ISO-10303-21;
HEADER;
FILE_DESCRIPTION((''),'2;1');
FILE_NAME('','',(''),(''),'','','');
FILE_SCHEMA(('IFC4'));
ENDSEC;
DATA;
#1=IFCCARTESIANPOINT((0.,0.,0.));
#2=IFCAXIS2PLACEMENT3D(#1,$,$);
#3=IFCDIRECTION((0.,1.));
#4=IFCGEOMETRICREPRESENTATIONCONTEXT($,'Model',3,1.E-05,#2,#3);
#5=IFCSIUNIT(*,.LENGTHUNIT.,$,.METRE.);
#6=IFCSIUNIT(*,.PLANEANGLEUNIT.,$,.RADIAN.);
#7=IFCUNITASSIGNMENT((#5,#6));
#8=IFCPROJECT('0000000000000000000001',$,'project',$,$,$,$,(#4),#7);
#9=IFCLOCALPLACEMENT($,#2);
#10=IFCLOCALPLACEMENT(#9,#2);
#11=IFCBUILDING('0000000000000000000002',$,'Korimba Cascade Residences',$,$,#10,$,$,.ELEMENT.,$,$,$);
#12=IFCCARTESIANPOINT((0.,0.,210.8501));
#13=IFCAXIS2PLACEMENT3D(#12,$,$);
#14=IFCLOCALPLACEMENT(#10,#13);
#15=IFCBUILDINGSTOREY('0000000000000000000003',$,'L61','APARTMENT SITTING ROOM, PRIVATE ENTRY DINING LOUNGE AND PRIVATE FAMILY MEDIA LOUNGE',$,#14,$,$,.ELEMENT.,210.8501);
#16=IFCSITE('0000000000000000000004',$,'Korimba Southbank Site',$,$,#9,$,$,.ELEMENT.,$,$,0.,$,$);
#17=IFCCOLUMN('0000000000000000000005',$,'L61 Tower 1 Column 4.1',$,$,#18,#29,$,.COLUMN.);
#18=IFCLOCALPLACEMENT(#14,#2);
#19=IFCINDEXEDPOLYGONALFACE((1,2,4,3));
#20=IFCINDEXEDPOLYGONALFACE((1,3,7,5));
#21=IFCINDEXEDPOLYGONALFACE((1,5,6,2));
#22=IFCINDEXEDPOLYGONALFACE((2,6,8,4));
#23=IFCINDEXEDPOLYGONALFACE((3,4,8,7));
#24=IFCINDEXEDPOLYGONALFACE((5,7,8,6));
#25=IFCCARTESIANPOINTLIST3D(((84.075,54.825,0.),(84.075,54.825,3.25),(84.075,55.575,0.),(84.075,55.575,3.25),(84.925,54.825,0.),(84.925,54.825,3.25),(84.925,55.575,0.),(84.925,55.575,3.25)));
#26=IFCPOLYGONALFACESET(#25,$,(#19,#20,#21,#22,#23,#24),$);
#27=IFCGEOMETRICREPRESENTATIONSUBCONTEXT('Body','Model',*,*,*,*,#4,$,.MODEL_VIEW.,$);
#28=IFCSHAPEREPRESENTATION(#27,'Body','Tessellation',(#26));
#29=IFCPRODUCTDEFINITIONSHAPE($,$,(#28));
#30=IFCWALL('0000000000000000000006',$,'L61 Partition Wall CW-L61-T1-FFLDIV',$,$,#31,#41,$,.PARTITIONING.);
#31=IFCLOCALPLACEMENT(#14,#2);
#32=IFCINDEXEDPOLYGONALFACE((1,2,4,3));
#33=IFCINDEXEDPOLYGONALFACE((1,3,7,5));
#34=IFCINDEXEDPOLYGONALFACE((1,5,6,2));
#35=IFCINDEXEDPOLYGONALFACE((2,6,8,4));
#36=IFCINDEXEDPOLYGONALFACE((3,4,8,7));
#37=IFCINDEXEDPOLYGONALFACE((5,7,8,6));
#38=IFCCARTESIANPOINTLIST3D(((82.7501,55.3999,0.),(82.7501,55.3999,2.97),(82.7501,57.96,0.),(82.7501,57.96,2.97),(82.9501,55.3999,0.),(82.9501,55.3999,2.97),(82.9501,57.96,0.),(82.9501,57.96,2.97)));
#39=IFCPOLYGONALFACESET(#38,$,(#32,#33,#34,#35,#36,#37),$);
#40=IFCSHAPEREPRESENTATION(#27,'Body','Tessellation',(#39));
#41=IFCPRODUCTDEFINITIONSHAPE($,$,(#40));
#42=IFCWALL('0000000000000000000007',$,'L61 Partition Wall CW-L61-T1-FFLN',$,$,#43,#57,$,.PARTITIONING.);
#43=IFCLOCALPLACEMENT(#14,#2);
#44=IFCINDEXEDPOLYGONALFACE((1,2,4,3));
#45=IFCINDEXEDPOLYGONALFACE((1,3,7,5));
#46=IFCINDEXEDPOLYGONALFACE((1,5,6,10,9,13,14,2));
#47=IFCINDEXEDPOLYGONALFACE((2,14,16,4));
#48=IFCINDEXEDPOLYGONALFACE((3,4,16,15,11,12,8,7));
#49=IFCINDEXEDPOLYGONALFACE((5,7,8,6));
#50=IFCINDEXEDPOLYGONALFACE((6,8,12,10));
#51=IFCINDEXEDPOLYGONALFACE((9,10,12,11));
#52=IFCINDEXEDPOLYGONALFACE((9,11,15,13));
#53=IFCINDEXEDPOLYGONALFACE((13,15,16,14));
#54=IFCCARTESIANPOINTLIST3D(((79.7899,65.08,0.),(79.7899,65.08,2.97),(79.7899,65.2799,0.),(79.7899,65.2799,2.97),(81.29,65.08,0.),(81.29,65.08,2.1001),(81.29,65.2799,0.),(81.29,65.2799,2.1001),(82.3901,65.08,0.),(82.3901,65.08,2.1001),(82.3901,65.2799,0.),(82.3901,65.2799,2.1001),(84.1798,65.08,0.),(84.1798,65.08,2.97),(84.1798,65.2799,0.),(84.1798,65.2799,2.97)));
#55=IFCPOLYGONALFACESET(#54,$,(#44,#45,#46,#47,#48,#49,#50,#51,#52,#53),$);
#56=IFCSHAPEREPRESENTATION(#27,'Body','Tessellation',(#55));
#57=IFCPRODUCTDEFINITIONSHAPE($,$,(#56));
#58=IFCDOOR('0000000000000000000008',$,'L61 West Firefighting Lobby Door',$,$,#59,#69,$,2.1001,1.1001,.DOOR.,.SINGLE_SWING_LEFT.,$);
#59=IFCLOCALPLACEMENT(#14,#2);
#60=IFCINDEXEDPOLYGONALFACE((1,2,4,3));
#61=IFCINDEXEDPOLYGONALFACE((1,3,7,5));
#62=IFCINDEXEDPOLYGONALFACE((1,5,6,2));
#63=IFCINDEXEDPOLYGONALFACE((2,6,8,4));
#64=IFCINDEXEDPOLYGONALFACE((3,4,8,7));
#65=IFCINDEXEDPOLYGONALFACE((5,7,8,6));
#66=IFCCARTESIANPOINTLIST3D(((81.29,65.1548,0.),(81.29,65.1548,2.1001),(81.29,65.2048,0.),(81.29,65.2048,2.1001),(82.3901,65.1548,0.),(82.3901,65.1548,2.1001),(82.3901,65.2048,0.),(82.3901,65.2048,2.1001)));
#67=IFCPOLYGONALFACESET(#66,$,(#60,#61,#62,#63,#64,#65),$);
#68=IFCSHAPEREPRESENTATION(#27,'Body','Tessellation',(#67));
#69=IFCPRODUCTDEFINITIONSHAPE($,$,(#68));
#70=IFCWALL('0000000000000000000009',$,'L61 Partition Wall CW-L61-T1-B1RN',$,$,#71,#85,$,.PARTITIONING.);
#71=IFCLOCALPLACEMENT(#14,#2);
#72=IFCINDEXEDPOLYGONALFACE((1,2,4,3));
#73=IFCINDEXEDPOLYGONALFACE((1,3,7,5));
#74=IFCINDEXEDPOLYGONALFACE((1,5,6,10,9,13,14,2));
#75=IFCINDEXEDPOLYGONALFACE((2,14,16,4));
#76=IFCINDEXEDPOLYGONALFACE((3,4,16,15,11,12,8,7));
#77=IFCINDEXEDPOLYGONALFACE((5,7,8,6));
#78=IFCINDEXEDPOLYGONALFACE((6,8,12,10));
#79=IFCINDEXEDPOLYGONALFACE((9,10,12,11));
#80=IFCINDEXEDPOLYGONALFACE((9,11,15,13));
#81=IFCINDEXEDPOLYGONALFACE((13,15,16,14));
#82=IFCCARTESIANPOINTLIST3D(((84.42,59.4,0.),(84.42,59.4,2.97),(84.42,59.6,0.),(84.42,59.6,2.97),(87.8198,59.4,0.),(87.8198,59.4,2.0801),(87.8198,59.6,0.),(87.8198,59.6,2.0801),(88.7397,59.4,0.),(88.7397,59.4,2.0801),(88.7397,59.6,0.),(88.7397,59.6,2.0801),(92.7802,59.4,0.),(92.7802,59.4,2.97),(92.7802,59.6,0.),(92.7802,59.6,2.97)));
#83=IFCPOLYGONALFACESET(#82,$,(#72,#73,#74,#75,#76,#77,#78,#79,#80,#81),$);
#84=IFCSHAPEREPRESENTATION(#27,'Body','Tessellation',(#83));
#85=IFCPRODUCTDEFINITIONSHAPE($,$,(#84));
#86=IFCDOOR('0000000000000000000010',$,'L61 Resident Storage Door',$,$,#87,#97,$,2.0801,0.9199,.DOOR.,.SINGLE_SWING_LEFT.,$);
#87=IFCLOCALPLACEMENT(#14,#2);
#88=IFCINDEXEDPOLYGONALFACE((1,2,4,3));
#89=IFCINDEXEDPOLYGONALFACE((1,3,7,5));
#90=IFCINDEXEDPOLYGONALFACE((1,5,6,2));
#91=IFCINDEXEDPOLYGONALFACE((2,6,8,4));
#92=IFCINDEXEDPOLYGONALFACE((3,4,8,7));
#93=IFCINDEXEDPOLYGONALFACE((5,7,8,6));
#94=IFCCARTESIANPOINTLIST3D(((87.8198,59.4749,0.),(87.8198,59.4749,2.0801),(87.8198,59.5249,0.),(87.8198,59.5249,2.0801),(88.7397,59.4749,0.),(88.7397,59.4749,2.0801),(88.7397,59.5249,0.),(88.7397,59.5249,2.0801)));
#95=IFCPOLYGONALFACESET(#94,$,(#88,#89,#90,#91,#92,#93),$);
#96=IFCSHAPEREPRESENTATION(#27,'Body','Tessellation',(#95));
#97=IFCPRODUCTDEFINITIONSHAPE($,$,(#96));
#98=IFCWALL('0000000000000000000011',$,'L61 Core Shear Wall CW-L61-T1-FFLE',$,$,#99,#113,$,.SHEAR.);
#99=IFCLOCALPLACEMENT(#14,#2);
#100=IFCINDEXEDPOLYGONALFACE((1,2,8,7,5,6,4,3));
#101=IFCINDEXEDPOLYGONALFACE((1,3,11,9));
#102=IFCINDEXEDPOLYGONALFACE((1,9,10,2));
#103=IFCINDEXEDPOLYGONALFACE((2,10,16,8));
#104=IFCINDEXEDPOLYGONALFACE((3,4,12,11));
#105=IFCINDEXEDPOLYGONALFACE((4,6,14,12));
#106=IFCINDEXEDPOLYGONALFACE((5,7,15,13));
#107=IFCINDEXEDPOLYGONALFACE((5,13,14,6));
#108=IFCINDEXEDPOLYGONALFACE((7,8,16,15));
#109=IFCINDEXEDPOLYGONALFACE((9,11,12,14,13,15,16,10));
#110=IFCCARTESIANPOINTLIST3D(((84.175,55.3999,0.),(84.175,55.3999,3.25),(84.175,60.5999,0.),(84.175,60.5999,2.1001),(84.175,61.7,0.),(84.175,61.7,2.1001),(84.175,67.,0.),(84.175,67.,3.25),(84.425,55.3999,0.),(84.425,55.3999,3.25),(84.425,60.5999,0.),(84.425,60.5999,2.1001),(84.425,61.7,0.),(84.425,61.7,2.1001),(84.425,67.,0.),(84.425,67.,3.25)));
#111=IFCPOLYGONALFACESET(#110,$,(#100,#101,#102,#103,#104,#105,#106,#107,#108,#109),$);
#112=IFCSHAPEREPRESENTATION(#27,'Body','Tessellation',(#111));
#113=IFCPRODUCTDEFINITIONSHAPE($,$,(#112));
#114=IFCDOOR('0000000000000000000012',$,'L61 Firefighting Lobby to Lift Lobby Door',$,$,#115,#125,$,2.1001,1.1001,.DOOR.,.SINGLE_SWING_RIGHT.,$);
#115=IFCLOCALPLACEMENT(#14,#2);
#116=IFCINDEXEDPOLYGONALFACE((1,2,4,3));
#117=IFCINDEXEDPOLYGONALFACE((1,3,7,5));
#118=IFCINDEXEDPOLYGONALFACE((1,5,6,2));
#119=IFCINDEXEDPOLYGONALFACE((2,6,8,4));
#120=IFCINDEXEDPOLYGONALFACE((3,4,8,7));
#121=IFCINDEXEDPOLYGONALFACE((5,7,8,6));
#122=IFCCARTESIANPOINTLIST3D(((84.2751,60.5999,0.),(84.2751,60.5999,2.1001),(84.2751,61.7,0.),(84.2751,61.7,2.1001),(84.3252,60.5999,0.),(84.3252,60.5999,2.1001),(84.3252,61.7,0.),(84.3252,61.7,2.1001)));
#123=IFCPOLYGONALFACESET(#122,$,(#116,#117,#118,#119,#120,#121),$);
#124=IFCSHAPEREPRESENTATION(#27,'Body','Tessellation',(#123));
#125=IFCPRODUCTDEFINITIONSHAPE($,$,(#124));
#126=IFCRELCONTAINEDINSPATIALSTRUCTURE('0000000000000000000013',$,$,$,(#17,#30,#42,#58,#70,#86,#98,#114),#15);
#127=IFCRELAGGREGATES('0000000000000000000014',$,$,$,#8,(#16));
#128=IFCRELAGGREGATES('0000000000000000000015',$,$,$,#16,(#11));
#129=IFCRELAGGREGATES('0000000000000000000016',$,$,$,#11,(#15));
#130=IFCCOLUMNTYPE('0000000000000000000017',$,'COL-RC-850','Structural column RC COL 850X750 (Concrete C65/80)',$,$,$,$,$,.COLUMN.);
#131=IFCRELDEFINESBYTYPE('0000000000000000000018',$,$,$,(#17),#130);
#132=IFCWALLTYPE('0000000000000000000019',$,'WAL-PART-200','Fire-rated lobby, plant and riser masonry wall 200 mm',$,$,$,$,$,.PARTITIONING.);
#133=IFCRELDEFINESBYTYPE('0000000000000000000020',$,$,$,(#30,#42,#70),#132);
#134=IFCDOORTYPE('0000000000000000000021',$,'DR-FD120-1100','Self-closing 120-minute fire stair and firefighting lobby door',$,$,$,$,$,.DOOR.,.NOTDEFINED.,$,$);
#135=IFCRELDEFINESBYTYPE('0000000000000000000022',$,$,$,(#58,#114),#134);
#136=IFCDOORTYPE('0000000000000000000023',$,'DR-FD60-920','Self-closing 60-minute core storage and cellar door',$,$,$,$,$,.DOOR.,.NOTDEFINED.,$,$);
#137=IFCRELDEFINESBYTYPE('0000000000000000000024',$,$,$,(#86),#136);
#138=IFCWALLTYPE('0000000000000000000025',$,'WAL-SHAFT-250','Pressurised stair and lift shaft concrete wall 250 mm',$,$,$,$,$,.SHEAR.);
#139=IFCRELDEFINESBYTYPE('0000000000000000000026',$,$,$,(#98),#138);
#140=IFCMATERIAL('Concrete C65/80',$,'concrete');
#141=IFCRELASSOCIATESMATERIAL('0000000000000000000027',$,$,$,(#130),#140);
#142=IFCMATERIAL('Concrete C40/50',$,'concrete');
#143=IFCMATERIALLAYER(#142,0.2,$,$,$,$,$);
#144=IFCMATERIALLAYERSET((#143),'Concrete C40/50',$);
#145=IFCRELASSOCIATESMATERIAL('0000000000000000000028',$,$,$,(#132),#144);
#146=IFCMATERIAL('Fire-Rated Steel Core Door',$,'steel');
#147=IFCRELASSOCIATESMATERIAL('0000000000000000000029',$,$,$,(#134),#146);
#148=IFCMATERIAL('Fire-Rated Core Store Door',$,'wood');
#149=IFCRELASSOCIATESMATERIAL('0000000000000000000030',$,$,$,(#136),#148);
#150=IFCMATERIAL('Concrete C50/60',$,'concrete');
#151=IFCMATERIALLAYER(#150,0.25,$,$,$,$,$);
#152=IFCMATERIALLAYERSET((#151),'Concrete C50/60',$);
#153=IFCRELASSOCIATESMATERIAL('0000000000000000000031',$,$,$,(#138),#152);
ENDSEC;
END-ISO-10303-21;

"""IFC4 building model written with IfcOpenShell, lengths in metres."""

from ifc_helpers import new_model, si_unit, direction, frame, frame_2d, origin, origin_2d, place, context, subcontext, project, spatial, rectangle, extrude, material, layer, layer_set, material_profile, profile_set, type_object, element, fill, save


model = new_model("IFC4")

# Units and contexts
model_context = context("Model", 3, precision=1e-05, world=origin(), true_north=direction((0.0, 1.0)))
body_context = subcontext(model_context, "Body", "Model", "MODEL_VIEW")
ifc_project = project(units=[si_unit("LENGTHUNIT", "METRE"), si_unit("PLANEANGLEUNIT", "RADIAN")], contexts=[model_context])

# Site, building, storey
site_placement = place(None, origin())
site = spatial("IfcSite", under=ifc_project, at=site_placement, Name="Korimba Southbank Site", CompositionType="ELEMENT", RefElevation=0.0)
building_placement = place(site_placement, origin())
building = spatial("IfcBuilding", under=site, at=building_placement, Name="Korimba Cascade Residences", CompositionType="ELEMENT")
storey_placement = place(building_placement, frame((0.0, 0.0, 210.8501)))
storey = spatial("IfcBuildingStorey", under=building, at=storey_placement, Name="L61", Description="APARTMENT SITTING ROOM, PRIVATE ENTRY DINING LOUNGE AND PRIVATE FAMILY MEDIA LOUNGE", CompositionType="ELEMENT", Elevation=210.8501)

# Column
ifc_material_1 = material(Name="Concrete C65/80", Category="concrete")
ifc_material_profile = material_profile(ifc_material_1, rectangle(XDim=0.8501, YDim=0.75, at=origin_2d()), Name="Concrete C65/80")
ifc_profile_set = profile_set([ifc_material_profile], Name="Concrete C65/80")
column_type = type_object("IfcColumnType", Name="COL-RC-850", Description="Structural column RC COL 850X750 (Concrete C65/80)", PredefinedType="COLUMN", material=ifc_profile_set)
column_placement = place(storey_placement, frame((84.5, 55.2, 0.0), z_axis=(0.0, 0.0, 1.0), x_axis=(1.0, 0.0, 0.0)))
element("IfcColumn", 1, at=column_placement, inside=storey, type_object=column_type, Name="L61 Tower 1 Column 4.1", PredefinedType="COLUMN", context=body_context, shape_type="SweptSolid", body=[
    extrude(rectangle(XDim=0.8501, YDim=0.75, at=origin_2d()), origin(), (0.0, 0.0, 1.0), 3.25),
])

# Wall
ifc_material_2 = material(Name="Concrete C40/50", Category="concrete")
ifc_layer_1 = layer(ifc_material_2, 0.2)
ifc_layer_set_1 = layer_set([ifc_layer_1], Name="Concrete C40/50")
wall_type_1 = type_object("IfcWallType", Name="WAL-PART-200", Description="Fire-rated lobby, plant and riser masonry wall 200 mm", PredefinedType="PARTITIONING", material=ifc_layer_set_1)
wall_1_placement = place(storey_placement, frame((82.8501, 55.3999, 0.0), z_axis=(0.0, 0.0, 1.0), x_axis=(0.0, 1.0, 0.0)))
element("IfcWall", 2, at=wall_1_placement, inside=storey, type_object=wall_type_1, Name="L61 Partition Wall CW-L61-T1-FFLDIV", PredefinedType="PARTITIONING", context=body_context, shape_type="SweptSolid", body=[
    extrude(rectangle(XDim=2.5601, YDim=0.2, at=frame_2d((1.28, 0.0))), origin(), (0.0, 0.0, 1.0), 2.97),
])

# Walls, openings, doors
wall_2_placement = place(storey_placement, frame((79.79, 65.1799, 0.0), z_axis=(0.0, 0.0, 1.0), x_axis=(1.0, 0.0, 0.0)))
wall_2 = element("IfcWall", 3, at=wall_2_placement, inside=storey, type_object=wall_type_1, Name="L61 Partition Wall CW-L61-T1-FFLN", PredefinedType="PARTITIONING", context=body_context, shape_type="SweptSolid", body=[
    extrude(rectangle(XDim=4.3899, YDim=0.2, at=frame_2d((2.1948, 0.0))), origin(), (0.0, 0.0, 1.0), 2.97),
])
opening_1_placement = place(wall_2_placement, frame((1.5, 0.0, 0.0)))
opening_1 = element("IfcOpeningElement", 4, at=opening_1_placement, cuts=wall_2, PredefinedType="OPENING", context=body_context, shape_type="SweptSolid", body=[
    extrude(rectangle(XDim=1.1001, YDim=2.1001, at=frame_2d((0.55, 1.05))), frame((0.0, 0.1099, 0.0), z_axis=(0.0, -1.0, 0.0), x_axis=(1.0, 0.0, 0.0)), (0.0, 0.0, 1.0), 0.22),
])
ifc_material_3 = material(Name="Fire-Rated Steel Core Door", Category="steel")
door_type_1 = type_object("IfcDoorType", Name="DR-FD120-1100", Description="Self-closing 120-minute fire stair and firefighting lobby door", OperationType="NOTDEFINED", PredefinedType="DOOR", material=ifc_material_3)
door_1_placement = place(opening_1_placement, origin())
door_1 = element("IfcDoor", 5, at=door_1_placement, inside=storey, type_object=door_type_1, Name="L61 West Firefighting Lobby Door", OperationType="SINGLE_SWING_LEFT", OverallHeight=2.1001, OverallWidth=1.1001, PredefinedType="DOOR", context=body_context, shape_type="SweptSolid", body=[
    extrude(rectangle(XDim=1.1001, YDim=2.1001, at=frame_2d((0.55, 1.05))), frame((0.0, 0.0249, 0.0), z_axis=(0.0, -1.0, 0.0), x_axis=(1.0, 0.0, 0.0)), (0.0, 0.0, 1.0), 0.05),
])
fill(opening_1, door_1)
wall_3_placement = place(storey_placement, frame((84.4199, 59.5, 0.0), z_axis=(0.0, 0.0, 1.0), x_axis=(1.0, 0.0, 0.0)))
wall_3 = element("IfcWall", 6, at=wall_3_placement, inside=storey, type_object=wall_type_1, Name="L61 Partition Wall CW-L61-T1-B1RN", PredefinedType="PARTITIONING", context=body_context, shape_type="SweptSolid", body=[
    extrude(rectangle(XDim=8.3601, YDim=0.2, at=frame_2d((4.1802, 0.0))), origin(), (0.0, 0.0, 1.0), 2.97),
])
opening_2_placement = place(wall_3_placement, frame((3.3999, 0.0, 0.0)))
opening_2 = element("IfcOpeningElement", 7, at=opening_2_placement, cuts=wall_3, PredefinedType="OPENING", context=body_context, shape_type="SweptSolid", body=[
    extrude(rectangle(XDim=0.9199, YDim=2.0801, at=frame_2d((0.46, 1.04))), frame((0.0, 0.1099, 0.0), z_axis=(0.0, -1.0, 0.0), x_axis=(1.0, 0.0, 0.0)), (0.0, 0.0, 1.0), 0.22),
])
ifc_material_4 = material(Name="Fire-Rated Core Store Door", Category="wood")
door_type_2 = type_object("IfcDoorType", Name="DR-FD60-920", Description="Self-closing 60-minute core storage and cellar door", OperationType="NOTDEFINED", PredefinedType="DOOR", material=ifc_material_4)
door_2_placement = place(opening_2_placement, origin())
door_2 = element("IfcDoor", 8, at=door_2_placement, inside=storey, type_object=door_type_2, Name="L61 Resident Storage Door", OperationType="SINGLE_SWING_LEFT", OverallHeight=2.0801, OverallWidth=0.9199, PredefinedType="DOOR", context=body_context, shape_type="SweptSolid", body=[
    extrude(rectangle(XDim=0.9199, YDim=2.0801, at=frame_2d((0.46, 1.04))), frame((0.0, 0.0249, 0.0), z_axis=(0.0, -1.0, 0.0), x_axis=(1.0, 0.0, 0.0)), (0.0, 0.0, 1.0), 0.05),
])
fill(opening_2, door_2)

# Shared definitions
ifc_material_5 = material(Name="Concrete C50/60", Category="concrete")
ifc_layer_2 = layer(ifc_material_5, 0.25)
ifc_layer_set_2 = layer_set([ifc_layer_2], Name="Concrete C50/60")
wall_type_2 = type_object("IfcWallType", Name="WAL-SHAFT-250", Description="Pressurised stair and lift shaft concrete wall 250 mm", PredefinedType="SHEAR", material=ifc_layer_set_2)

# Wall, opening, door
wall_4_placement = place(storey_placement, frame((84.3, 55.3999, 0.0), z_axis=(0.0, 0.0, 1.0), x_axis=(0.0, 1.0, 0.0)))
wall_4 = element("IfcWall", 9, at=wall_4_placement, inside=storey, type_object=wall_type_2, Name="L61 Core Shear Wall CW-L61-T1-FFLE", PredefinedType="SHEAR", context=body_context, shape_type="SweptSolid", body=[
    extrude(rectangle(XDim=11.6001, YDim=0.25, at=frame_2d((5.8, 0.0))), origin(), (0.0, 0.0, 1.0), 3.25),
])
opening_3_placement = place(wall_4_placement, frame((5.2, 0.0, 0.0)))
opening_3 = element("IfcOpeningElement", 10, at=opening_3_placement, cuts=wall_4, PredefinedType="OPENING", context=body_context, shape_type="SweptSolid", body=[
    extrude(rectangle(XDim=1.1001, YDim=2.1001, at=frame_2d((0.55, 1.05))), frame((0.0, 0.135, 0.0), z_axis=(0.0, -1.0, 0.0), x_axis=(1.0, 0.0, 0.0)), (0.0, 0.0, 1.0), 0.27),
])
door_3_placement = place(opening_3_placement, origin())
door_3 = element("IfcDoor", 11, at=door_3_placement, inside=storey, type_object=door_type_1, Name="L61 Firefighting Lobby to Lift Lobby Door", OperationType="SINGLE_SWING_RIGHT", OverallHeight=2.1001, OverallWidth=1.1001, PredefinedType="DOOR", context=body_context, shape_type="SweptSolid", body=[
    extrude(rectangle(XDim=1.1001, YDim=2.1001, at=frame_2d((0.55, 1.05))), frame((0.0, 0.0249, 0.0), z_axis=(0.0, -1.0, 0.0), x_axis=(1.0, 0.0, 0.0)), (0.0, 0.0, 1.0), 0.05),
])
fill(opening_3, door_3)

save(model, "model.ifc")
